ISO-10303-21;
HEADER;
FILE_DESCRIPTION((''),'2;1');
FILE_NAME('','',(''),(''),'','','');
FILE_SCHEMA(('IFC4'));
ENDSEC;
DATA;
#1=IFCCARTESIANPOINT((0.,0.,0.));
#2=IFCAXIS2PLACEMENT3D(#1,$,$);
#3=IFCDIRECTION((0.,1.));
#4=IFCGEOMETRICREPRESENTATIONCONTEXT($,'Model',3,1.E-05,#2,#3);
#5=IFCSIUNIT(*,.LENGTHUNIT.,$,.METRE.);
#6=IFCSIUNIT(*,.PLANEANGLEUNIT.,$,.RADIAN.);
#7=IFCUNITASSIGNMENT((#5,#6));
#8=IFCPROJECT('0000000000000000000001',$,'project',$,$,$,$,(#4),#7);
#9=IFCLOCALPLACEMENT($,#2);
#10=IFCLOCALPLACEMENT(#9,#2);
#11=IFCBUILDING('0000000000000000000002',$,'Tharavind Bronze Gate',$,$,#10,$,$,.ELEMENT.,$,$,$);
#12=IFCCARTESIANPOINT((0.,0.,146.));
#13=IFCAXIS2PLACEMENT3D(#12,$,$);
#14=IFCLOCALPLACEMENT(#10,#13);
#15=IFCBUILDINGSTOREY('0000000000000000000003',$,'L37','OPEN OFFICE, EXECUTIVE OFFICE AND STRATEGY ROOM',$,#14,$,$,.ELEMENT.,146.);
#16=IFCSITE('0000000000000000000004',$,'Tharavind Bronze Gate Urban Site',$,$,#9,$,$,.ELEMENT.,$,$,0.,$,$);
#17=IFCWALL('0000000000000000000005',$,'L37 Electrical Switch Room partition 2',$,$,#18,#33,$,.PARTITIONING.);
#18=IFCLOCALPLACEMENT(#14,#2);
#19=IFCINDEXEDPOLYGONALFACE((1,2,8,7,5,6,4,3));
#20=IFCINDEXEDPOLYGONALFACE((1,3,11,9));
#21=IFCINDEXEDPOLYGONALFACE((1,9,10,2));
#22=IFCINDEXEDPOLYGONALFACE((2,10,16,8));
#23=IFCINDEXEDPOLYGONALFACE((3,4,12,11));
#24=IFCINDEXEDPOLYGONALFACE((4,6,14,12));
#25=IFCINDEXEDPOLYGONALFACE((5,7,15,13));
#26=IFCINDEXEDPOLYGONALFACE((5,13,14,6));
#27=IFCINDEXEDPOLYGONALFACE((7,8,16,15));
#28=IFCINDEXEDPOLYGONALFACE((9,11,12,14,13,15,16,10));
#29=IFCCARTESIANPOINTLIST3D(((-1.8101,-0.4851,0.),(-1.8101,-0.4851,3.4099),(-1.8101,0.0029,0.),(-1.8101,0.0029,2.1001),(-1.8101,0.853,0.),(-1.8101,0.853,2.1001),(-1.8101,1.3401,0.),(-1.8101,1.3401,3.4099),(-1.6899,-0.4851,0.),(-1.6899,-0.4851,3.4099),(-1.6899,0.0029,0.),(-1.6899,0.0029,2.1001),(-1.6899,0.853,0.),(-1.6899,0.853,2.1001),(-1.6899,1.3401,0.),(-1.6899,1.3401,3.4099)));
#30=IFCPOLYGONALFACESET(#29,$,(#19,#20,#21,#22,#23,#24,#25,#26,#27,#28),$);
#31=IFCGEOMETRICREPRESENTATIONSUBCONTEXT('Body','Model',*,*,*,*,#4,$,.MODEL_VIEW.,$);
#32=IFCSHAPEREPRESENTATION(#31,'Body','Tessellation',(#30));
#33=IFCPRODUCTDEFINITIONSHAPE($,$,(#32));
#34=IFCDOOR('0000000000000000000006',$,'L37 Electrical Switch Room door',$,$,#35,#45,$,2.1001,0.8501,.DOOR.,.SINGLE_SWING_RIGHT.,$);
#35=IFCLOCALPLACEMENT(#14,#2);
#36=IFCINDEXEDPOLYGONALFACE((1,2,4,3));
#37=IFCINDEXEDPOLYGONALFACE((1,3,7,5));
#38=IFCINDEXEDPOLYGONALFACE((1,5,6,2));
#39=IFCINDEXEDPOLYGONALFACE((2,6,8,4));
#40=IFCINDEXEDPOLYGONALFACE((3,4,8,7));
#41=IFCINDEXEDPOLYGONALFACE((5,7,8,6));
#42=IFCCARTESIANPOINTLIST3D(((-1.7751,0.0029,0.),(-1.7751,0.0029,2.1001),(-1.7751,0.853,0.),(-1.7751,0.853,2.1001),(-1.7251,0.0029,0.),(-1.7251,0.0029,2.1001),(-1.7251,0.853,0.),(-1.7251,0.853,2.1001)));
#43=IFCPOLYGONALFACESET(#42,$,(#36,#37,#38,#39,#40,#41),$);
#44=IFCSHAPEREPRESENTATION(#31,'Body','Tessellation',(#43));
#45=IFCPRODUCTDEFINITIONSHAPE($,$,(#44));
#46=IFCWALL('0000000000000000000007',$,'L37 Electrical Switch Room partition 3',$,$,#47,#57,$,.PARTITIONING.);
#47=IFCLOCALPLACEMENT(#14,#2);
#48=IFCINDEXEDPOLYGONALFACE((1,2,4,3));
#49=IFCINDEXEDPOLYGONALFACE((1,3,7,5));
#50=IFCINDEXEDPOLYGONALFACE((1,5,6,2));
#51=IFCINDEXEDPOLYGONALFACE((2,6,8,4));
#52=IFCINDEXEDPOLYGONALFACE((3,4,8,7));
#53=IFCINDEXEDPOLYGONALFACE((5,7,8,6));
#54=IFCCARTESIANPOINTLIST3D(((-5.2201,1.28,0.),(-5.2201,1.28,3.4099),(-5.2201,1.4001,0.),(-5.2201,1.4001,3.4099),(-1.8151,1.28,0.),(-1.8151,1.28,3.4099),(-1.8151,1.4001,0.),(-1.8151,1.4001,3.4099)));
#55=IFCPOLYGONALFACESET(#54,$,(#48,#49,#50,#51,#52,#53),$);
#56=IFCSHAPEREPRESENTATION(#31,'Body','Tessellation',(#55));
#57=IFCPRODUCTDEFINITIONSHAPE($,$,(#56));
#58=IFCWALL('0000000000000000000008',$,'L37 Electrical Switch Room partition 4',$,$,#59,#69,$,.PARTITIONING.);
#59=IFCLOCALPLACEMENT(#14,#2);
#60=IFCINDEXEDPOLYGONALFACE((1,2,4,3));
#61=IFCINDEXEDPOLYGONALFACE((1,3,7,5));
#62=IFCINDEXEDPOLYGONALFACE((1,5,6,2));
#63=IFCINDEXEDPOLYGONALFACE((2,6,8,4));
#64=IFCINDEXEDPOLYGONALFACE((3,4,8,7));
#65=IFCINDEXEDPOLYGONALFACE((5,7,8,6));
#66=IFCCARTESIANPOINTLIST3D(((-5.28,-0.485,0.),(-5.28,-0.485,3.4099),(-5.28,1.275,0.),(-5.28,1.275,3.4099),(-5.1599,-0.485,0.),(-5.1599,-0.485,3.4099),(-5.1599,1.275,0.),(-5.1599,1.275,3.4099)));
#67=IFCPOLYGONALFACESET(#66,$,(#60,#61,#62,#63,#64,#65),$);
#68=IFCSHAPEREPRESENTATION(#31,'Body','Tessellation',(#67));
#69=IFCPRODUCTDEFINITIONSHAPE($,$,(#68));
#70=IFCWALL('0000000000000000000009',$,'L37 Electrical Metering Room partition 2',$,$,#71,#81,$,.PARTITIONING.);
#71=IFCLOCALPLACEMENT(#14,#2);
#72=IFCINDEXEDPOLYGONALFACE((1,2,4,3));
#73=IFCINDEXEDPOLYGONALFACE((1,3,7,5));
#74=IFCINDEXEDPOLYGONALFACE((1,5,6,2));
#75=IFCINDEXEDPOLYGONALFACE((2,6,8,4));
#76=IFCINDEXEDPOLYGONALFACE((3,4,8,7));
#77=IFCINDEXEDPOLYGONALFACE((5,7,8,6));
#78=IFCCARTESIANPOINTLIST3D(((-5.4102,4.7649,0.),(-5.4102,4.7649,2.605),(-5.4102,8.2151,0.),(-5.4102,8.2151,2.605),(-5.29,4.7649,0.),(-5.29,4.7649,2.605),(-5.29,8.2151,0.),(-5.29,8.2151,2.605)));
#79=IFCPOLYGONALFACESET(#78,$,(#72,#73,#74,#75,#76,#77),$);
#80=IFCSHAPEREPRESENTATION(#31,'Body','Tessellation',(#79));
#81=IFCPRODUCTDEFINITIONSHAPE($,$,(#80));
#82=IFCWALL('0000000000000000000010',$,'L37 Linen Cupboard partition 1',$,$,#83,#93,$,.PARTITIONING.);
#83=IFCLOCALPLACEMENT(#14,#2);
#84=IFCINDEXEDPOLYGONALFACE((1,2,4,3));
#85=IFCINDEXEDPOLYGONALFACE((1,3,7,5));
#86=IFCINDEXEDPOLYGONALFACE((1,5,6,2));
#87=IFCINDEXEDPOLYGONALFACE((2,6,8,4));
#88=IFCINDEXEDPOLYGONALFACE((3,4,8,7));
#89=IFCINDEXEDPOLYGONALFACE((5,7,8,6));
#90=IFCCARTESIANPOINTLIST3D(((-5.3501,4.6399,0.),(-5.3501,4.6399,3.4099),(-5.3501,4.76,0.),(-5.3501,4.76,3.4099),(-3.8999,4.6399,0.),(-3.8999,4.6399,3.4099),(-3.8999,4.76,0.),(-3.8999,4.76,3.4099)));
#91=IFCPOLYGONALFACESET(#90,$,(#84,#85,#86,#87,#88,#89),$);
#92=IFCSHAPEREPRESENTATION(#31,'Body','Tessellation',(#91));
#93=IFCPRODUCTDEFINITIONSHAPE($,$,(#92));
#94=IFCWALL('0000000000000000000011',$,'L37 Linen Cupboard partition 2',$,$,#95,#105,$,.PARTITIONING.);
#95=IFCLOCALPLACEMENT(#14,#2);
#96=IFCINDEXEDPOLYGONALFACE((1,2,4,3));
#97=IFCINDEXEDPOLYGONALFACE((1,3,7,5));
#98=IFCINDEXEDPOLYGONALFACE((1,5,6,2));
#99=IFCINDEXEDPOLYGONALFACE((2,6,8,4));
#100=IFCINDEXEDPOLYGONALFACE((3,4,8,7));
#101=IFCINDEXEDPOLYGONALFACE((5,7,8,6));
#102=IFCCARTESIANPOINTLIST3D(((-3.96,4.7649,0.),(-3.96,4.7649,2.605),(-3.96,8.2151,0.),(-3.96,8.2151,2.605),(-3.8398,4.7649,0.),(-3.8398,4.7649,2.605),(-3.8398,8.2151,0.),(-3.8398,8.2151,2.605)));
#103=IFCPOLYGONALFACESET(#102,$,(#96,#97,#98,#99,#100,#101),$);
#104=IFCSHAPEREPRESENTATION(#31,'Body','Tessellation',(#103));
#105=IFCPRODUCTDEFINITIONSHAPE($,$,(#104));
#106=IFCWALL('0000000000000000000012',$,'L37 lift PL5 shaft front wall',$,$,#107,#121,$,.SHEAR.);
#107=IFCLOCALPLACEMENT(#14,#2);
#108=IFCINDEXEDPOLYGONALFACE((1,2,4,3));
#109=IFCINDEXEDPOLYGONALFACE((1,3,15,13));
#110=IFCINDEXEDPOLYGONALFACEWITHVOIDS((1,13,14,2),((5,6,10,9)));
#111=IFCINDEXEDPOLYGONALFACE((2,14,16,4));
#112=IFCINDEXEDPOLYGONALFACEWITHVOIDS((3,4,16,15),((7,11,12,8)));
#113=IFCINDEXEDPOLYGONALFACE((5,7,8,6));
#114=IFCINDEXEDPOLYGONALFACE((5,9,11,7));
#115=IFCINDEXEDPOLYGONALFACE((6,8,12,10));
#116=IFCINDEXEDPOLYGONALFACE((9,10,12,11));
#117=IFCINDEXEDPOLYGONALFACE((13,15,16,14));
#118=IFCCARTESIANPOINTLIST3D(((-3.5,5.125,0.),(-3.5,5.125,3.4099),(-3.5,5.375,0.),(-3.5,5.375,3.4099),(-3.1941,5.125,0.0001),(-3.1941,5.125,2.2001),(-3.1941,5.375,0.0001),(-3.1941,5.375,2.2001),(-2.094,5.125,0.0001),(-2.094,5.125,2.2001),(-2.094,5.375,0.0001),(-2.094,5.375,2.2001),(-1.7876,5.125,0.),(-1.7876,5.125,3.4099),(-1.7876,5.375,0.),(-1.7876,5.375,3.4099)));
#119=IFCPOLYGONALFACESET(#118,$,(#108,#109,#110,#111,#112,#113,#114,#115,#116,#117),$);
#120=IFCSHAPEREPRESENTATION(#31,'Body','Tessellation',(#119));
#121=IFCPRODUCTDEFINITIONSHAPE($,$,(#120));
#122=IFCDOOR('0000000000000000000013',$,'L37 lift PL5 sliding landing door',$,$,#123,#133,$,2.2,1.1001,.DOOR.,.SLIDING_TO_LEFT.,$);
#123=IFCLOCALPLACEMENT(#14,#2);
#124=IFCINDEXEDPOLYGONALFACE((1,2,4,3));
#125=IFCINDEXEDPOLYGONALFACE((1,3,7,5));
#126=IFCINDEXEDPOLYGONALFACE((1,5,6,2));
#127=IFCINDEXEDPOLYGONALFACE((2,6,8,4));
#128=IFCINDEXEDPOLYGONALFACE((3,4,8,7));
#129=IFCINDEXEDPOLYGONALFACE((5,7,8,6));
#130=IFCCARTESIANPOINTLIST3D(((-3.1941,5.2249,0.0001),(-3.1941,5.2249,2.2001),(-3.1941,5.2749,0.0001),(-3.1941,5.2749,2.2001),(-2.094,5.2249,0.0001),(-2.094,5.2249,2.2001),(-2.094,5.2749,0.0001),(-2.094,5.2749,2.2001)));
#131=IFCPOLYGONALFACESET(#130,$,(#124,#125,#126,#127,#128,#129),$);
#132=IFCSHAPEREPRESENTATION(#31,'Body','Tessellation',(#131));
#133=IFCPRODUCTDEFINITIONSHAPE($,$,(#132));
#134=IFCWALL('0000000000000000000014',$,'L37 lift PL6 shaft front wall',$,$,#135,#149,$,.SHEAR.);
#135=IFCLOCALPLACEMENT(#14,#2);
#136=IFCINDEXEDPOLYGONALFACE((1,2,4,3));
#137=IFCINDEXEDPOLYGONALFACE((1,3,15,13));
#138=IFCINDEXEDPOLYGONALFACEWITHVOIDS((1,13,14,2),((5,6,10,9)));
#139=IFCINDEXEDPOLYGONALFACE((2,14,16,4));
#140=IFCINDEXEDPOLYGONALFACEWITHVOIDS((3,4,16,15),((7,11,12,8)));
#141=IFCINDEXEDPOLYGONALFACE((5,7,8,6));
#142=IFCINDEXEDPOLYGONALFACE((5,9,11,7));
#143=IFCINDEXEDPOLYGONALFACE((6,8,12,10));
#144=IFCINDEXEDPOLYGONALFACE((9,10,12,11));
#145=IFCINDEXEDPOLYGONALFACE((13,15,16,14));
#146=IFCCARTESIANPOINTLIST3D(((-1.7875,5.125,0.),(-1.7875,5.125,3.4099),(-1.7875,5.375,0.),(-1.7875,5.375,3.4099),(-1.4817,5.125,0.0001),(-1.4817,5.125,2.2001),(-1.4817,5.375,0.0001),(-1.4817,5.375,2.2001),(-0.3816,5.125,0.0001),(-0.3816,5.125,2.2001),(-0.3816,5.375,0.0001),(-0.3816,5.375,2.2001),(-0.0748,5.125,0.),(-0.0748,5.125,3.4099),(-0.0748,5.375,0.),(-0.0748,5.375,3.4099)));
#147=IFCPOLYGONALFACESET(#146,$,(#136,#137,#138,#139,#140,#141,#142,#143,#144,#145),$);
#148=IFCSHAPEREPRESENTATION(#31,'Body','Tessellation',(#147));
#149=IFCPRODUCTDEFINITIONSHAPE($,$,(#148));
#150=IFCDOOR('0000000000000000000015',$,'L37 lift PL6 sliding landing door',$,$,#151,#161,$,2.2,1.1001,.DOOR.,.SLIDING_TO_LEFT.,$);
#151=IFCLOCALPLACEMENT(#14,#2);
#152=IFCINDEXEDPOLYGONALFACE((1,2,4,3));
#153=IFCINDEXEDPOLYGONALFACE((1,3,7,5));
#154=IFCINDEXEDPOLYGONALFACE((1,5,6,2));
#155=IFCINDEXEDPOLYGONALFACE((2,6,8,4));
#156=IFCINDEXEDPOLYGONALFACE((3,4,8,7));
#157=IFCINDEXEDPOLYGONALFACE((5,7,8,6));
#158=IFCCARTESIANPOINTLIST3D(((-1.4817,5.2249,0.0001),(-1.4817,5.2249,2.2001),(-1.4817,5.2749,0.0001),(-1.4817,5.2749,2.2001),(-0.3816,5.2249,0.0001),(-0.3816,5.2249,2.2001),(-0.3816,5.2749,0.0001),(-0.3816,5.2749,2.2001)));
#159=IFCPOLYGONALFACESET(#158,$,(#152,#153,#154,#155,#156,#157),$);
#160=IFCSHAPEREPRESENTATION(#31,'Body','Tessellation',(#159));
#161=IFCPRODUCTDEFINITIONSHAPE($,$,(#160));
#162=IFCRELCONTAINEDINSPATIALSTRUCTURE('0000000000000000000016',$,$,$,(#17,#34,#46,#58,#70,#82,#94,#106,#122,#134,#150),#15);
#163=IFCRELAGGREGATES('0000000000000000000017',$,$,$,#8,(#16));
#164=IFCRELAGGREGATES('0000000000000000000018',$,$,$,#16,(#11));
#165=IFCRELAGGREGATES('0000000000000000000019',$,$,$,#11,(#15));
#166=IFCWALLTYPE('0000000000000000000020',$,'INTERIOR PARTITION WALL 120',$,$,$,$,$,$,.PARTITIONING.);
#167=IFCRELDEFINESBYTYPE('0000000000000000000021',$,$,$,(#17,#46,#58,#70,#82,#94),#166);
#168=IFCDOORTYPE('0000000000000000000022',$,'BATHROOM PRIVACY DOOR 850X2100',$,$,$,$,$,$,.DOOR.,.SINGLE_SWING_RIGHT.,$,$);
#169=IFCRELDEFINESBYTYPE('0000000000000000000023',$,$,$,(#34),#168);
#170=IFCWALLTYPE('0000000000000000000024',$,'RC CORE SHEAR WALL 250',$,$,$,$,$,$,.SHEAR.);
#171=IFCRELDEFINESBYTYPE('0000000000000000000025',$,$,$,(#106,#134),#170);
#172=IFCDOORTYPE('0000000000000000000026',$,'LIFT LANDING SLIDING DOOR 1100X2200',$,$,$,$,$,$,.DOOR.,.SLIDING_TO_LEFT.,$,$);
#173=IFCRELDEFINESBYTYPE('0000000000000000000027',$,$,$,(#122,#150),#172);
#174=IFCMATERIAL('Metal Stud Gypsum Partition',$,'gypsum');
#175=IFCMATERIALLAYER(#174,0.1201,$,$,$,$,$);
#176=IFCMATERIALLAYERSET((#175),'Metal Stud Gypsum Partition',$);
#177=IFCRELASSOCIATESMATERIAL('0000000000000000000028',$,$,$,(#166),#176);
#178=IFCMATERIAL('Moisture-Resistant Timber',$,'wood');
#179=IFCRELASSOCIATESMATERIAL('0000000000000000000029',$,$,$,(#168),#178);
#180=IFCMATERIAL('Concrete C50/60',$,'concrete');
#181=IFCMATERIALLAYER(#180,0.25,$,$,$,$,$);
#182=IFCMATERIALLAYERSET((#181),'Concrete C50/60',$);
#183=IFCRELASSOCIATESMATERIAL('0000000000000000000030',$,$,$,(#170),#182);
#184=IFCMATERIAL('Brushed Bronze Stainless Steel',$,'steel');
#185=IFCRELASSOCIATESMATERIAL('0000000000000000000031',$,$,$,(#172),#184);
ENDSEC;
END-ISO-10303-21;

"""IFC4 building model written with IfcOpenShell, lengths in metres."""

from ifc_helpers import new_model, si_unit, direction, frame, frame_2d, origin, place, context, subcontext, project, spatial, rectangle, extrude, material, layer, layer_set, type_object, element, fill, save


model = new_model("IFC4")

# Units and contexts
model_context = context("Model", 3, precision=1e-05, world=origin(), true_north=direction((0.0, 1.0)))
body_context = subcontext(model_context, "Body", "Model", "MODEL_VIEW")
ifc_project = project(units=[si_unit("LENGTHUNIT", "METRE"), si_unit("PLANEANGLEUNIT", "RADIAN")], contexts=[model_context])

# Site, building, storey
site_placement = place(None, origin())
site = spatial("IfcSite", under=ifc_project, at=site_placement, Name="Tharavind Bronze Gate Urban Site", CompositionType="ELEMENT", RefElevation=0.0)
building_placement = place(site_placement, origin())
building = spatial("IfcBuilding", under=site, at=building_placement, Name="Tharavind Bronze Gate", CompositionType="ELEMENT")
storey_placement = place(building_placement, frame((0.0, 0.0, 146.0)))
storey = spatial("IfcBuildingStorey", under=building, at=storey_placement, Name="L37", Description="OPEN OFFICE, EXECUTIVE OFFICE AND STRATEGY ROOM", CompositionType="ELEMENT", Elevation=146.0)

# Shared definitions
ifc_material_1 = material(Name="Metal Stud Gypsum Partition", Category="gypsum")
ifc_layer_1 = layer(ifc_material_1, 0.1201)
ifc_layer_set_1 = layer_set([ifc_layer_1], Name="Metal Stud Gypsum Partition")
wall_type_1 = type_object("IfcWallType", Name="INTERIOR PARTITION WALL 120", PredefinedType="PARTITIONING", material=ifc_layer_set_1)

# Shared definitions
ifc_material_2 = material(Name="Moisture-Resistant Timber", Category="wood")
door_type_1 = type_object("IfcDoorType", Name="BATHROOM PRIVACY DOOR 850X2100", OperationType="SINGLE_SWING_RIGHT", PredefinedType="DOOR", material=ifc_material_2)

# Wall, opening, door
wall_1_placement = place(storey_placement, frame((-1.75, -0.4851, 0.0), z_axis=(0.0, 0.0, 1.0), x_axis=(0.0, 1.0, 0.0)))
wall_1 = element("IfcWall", 1, at=wall_1_placement, inside=storey, type_object=wall_type_1, Name="L37 Electrical Switch Room partition 2", PredefinedType="PARTITIONING", context=body_context, shape_type="SweptSolid", body=[
    extrude(rectangle(XDim=1.8252, YDim=0.1201, at=frame_2d((0.9126, 0.0))), origin(), (0.0, 0.0, 1.0), 3.4099),
])
opening_1_placement = place(wall_1_placement, frame((0.488, 0.0, 0.0)))
opening_1 = element("IfcOpeningElement", 2, at=opening_1_placement, cuts=wall_1, PredefinedType="OPENING", context=body_context, shape_type="SweptSolid", body=[
    extrude(rectangle(XDim=0.8501, YDim=2.1001, at=frame_2d((0.425, 1.05))), frame((0.0, 0.0701, 0.0), z_axis=(0.0, -1.0, 0.0), x_axis=(1.0, 0.0, 0.0)), (0.0, 0.0, 1.0), 0.1401),
])
door_1_placement = place(opening_1_placement, frame((0.8501, 0.0, 0.0), z_axis=(0.0, 0.0, 1.0), x_axis=(-1.0, 0.0, 0.0)))
door_1 = element("IfcDoor", 3, at=door_1_placement, inside=storey, type_object=door_type_1, Name="L37 Electrical Switch Room door", OperationType="SINGLE_SWING_RIGHT", OverallHeight=2.1001, OverallWidth=0.8501, PredefinedType="DOOR", context=body_context, shape_type="SweptSolid", body=[
    extrude(rectangle(XDim=0.8501, YDim=2.1001, at=frame_2d((0.425, 1.05))), frame((0.0, 0.0249, 0.0), z_axis=(0.0, -1.0, 0.0), x_axis=(1.0, 0.0, 0.0)), (0.0, 0.0, 1.0), 0.05),
])
fill(opening_1, door_1)

# Walls
wall_2_placement = place(storey_placement, frame((-1.8149, 1.3401, 0.0), z_axis=(0.0, 0.0, 1.0), x_axis=(-1.0, 0.0, 0.0)))
element("IfcWall", 4, at=wall_2_placement, inside=storey, type_object=wall_type_1, Name="L37 Electrical Switch Room partition 3", PredefinedType="PARTITIONING", context=body_context, shape_type="SweptSolid", body=[
    extrude(rectangle(XDim=3.405, YDim=0.1201, at=frame_2d((1.7026, 0.0))), origin(), (0.0, 0.0, 1.0), 3.4099),
])
wall_3_placement = place(storey_placement, frame((-5.22, 1.2749, 0.0), z_axis=(0.0, 0.0, 1.0), x_axis=(0.0, -1.0, 0.0)))
element("IfcWall", 5, at=wall_3_placement, inside=storey, type_object=wall_type_1, Name="L37 Electrical Switch Room partition 4", PredefinedType="PARTITIONING", context=body_context, shape_type="SweptSolid", body=[
    extrude(rectangle(XDim=1.76, YDim=0.1201, at=frame_2d((0.8799, 0.0))), origin(), (0.0, 0.0, 1.0), 3.4099),
])
wall_4_placement = place(storey_placement, frame((-5.3501, 4.7649, 0.0), z_axis=(0.0, 0.0, 1.0), x_axis=(0.0, 1.0, 0.0)))
element("IfcWall", 6, at=wall_4_placement, inside=storey, type_object=wall_type_1, Name="L37 Electrical Metering Room partition 2", PredefinedType="PARTITIONING", context=body_context, shape_type="SweptSolid", body=[
    extrude(rectangle(XDim=3.4502, YDim=0.1201, at=frame_2d((1.7251, 0.0))), origin(), (0.0, 0.0, 1.0), 2.605),
])
wall_5_placement = place(storey_placement, frame((-5.3501, 4.7, 0.0), z_axis=(0.0, 0.0, 1.0), x_axis=(1.0, 0.0, 0.0)))
element("IfcWall", 7, at=wall_5_placement, inside=storey, type_object=wall_type_1, Name="L37 Linen Cupboard partition 1", PredefinedType="PARTITIONING", context=body_context, shape_type="SweptSolid", body=[
    extrude(rectangle(XDim=1.4502, YDim=0.1201, at=frame_2d((0.7251, 0.0))), origin(), (0.0, 0.0, 1.0), 3.4099),
])
wall_6_placement = place(storey_placement, frame((-3.8999, 4.7649, 0.0), z_axis=(0.0, 0.0, 1.0), x_axis=(0.0, 1.0, 0.0)))
element("IfcWall", 8, at=wall_6_placement, inside=storey, type_object=wall_type_1, Name="L37 Linen Cupboard partition 2", PredefinedType="PARTITIONING", context=body_context, shape_type="SweptSolid", body=[
    extrude(rectangle(XDim=3.4502, YDim=0.1201, at=frame_2d((1.7251, 0.0))), origin(), (0.0, 0.0, 1.0), 2.605),
])

# Walls, openings, doors
ifc_material_3 = material(Name="Concrete C50/60", Category="concrete")
ifc_layer_2 = layer(ifc_material_3, 0.25)
ifc_layer_set_2 = layer_set([ifc_layer_2], Name="Concrete C50/60")
wall_type_2 = type_object("IfcWallType", Name="RC CORE SHEAR WALL 250", PredefinedType="SHEAR", material=ifc_layer_set_2)
wall_7_placement = place(storey_placement, frame((-3.5, 5.25, 0.0), z_axis=(0.0, 0.0, 1.0), x_axis=(1.0, 0.0, 0.0)))
wall_7 = element("IfcWall", 9, at=wall_7_placement, inside=storey, type_object=wall_type_2, Name="L37 lift PL5 shaft front wall", PredefinedType="SHEAR", context=body_context, shape_type="SweptSolid", body=[
    extrude(rectangle(XDim=1.7124, YDim=0.25, at=frame_2d((0.8562, 0.0))), origin(), (0.0, 0.0, 1.0), 3.4099),
])
opening_2_placement = place(wall_7_placement, frame((0.3059, 0.0, 0.0)))
opening_2 = element("IfcOpeningElement", 10, at=opening_2_placement, cuts=wall_7, PredefinedType="OPENING", context=body_context, shape_type="SweptSolid", body=[
    extrude(rectangle(XDim=1.1001, YDim=2.2, at=frame_2d((0.55, 1.1001))), frame((0.0, 0.135, 0.0), z_axis=(0.0, -1.0, 0.0), x_axis=(1.0, 0.0, 0.0)), (0.0, 0.0, 1.0), 0.27),
])
ifc_material_4 = material(Name="Brushed Bronze Stainless Steel", Category="steel")
door_type_2 = type_object("IfcDoorType", Name="LIFT LANDING SLIDING DOOR 1100X2200", OperationType="SLIDING_TO_LEFT", PredefinedType="DOOR", material=ifc_material_4)
door_2_placement = place(opening_2_placement, origin())
door_2 = element("IfcDoor", 11, at=door_2_placement, inside=storey, type_object=door_type_2, Name="L37 lift PL5 sliding landing door", OperationType="SLIDING_TO_LEFT", OverallHeight=2.2, OverallWidth=1.1001, PredefinedType="DOOR", context=body_context, shape_type="SweptSolid", body=[
    extrude(rectangle(XDim=1.1001, YDim=2.2, at=frame_2d((0.55, 1.1001))), frame((0.0, 0.0249, 0.0), z_axis=(0.0, -1.0, 0.0), x_axis=(1.0, 0.0, 0.0)), (0.0, 0.0, 1.0), 0.05),
])
fill(opening_2, door_2)
wall_8_placement = place(storey_placement, frame((-1.7876, 5.25, 0.0), z_axis=(0.0, 0.0, 1.0), x_axis=(1.0, 0.0, 0.0)))
wall_8 = element("IfcWall", 12, at=wall_8_placement, inside=storey, type_object=wall_type_2, Name="L37 lift PL6 shaft front wall", PredefinedType="SHEAR", context=body_context, shape_type="SweptSolid", body=[
    extrude(rectangle(XDim=1.7126, YDim=0.25, at=frame_2d((0.8564, 0.0))), origin(), (0.0, 0.0, 1.0), 3.4099),
])
opening_3_placement = place(wall_8_placement, frame((0.3059, 0.0, 0.0)))
opening_3 = element("IfcOpeningElement", 13, at=opening_3_placement, cuts=wall_8, PredefinedType="OPENING", context=body_context, shape_type="SweptSolid", body=[
    extrude(rectangle(XDim=1.1001, YDim=2.2, at=frame_2d((0.55, 1.1001))), frame((0.0, 0.135, 0.0), z_axis=(0.0, -1.0, 0.0), x_axis=(1.0, 0.0, 0.0)), (0.0, 0.0, 1.0), 0.27),
])
door_3_placement = place(opening_3_placement, origin())
door_3 = element("IfcDoor", 14, at=door_3_placement, inside=storey, type_object=door_type_2, Name="L37 lift PL6 sliding landing door", OperationType="SLIDING_TO_LEFT", OverallHeight=2.2, OverallWidth=1.1001, PredefinedType="DOOR", context=body_context, shape_type="SweptSolid", body=[
    extrude(rectangle(XDim=1.1001, YDim=2.2, at=frame_2d((0.55, 1.1001))), frame((0.0, 0.0249, 0.0), z_axis=(0.0, -1.0, 0.0), x_axis=(1.0, 0.0, 0.0)), (0.0, 0.0, 1.0), 0.05),
])
fill(opening_3, door_3)

save(model, "model.ifc")
